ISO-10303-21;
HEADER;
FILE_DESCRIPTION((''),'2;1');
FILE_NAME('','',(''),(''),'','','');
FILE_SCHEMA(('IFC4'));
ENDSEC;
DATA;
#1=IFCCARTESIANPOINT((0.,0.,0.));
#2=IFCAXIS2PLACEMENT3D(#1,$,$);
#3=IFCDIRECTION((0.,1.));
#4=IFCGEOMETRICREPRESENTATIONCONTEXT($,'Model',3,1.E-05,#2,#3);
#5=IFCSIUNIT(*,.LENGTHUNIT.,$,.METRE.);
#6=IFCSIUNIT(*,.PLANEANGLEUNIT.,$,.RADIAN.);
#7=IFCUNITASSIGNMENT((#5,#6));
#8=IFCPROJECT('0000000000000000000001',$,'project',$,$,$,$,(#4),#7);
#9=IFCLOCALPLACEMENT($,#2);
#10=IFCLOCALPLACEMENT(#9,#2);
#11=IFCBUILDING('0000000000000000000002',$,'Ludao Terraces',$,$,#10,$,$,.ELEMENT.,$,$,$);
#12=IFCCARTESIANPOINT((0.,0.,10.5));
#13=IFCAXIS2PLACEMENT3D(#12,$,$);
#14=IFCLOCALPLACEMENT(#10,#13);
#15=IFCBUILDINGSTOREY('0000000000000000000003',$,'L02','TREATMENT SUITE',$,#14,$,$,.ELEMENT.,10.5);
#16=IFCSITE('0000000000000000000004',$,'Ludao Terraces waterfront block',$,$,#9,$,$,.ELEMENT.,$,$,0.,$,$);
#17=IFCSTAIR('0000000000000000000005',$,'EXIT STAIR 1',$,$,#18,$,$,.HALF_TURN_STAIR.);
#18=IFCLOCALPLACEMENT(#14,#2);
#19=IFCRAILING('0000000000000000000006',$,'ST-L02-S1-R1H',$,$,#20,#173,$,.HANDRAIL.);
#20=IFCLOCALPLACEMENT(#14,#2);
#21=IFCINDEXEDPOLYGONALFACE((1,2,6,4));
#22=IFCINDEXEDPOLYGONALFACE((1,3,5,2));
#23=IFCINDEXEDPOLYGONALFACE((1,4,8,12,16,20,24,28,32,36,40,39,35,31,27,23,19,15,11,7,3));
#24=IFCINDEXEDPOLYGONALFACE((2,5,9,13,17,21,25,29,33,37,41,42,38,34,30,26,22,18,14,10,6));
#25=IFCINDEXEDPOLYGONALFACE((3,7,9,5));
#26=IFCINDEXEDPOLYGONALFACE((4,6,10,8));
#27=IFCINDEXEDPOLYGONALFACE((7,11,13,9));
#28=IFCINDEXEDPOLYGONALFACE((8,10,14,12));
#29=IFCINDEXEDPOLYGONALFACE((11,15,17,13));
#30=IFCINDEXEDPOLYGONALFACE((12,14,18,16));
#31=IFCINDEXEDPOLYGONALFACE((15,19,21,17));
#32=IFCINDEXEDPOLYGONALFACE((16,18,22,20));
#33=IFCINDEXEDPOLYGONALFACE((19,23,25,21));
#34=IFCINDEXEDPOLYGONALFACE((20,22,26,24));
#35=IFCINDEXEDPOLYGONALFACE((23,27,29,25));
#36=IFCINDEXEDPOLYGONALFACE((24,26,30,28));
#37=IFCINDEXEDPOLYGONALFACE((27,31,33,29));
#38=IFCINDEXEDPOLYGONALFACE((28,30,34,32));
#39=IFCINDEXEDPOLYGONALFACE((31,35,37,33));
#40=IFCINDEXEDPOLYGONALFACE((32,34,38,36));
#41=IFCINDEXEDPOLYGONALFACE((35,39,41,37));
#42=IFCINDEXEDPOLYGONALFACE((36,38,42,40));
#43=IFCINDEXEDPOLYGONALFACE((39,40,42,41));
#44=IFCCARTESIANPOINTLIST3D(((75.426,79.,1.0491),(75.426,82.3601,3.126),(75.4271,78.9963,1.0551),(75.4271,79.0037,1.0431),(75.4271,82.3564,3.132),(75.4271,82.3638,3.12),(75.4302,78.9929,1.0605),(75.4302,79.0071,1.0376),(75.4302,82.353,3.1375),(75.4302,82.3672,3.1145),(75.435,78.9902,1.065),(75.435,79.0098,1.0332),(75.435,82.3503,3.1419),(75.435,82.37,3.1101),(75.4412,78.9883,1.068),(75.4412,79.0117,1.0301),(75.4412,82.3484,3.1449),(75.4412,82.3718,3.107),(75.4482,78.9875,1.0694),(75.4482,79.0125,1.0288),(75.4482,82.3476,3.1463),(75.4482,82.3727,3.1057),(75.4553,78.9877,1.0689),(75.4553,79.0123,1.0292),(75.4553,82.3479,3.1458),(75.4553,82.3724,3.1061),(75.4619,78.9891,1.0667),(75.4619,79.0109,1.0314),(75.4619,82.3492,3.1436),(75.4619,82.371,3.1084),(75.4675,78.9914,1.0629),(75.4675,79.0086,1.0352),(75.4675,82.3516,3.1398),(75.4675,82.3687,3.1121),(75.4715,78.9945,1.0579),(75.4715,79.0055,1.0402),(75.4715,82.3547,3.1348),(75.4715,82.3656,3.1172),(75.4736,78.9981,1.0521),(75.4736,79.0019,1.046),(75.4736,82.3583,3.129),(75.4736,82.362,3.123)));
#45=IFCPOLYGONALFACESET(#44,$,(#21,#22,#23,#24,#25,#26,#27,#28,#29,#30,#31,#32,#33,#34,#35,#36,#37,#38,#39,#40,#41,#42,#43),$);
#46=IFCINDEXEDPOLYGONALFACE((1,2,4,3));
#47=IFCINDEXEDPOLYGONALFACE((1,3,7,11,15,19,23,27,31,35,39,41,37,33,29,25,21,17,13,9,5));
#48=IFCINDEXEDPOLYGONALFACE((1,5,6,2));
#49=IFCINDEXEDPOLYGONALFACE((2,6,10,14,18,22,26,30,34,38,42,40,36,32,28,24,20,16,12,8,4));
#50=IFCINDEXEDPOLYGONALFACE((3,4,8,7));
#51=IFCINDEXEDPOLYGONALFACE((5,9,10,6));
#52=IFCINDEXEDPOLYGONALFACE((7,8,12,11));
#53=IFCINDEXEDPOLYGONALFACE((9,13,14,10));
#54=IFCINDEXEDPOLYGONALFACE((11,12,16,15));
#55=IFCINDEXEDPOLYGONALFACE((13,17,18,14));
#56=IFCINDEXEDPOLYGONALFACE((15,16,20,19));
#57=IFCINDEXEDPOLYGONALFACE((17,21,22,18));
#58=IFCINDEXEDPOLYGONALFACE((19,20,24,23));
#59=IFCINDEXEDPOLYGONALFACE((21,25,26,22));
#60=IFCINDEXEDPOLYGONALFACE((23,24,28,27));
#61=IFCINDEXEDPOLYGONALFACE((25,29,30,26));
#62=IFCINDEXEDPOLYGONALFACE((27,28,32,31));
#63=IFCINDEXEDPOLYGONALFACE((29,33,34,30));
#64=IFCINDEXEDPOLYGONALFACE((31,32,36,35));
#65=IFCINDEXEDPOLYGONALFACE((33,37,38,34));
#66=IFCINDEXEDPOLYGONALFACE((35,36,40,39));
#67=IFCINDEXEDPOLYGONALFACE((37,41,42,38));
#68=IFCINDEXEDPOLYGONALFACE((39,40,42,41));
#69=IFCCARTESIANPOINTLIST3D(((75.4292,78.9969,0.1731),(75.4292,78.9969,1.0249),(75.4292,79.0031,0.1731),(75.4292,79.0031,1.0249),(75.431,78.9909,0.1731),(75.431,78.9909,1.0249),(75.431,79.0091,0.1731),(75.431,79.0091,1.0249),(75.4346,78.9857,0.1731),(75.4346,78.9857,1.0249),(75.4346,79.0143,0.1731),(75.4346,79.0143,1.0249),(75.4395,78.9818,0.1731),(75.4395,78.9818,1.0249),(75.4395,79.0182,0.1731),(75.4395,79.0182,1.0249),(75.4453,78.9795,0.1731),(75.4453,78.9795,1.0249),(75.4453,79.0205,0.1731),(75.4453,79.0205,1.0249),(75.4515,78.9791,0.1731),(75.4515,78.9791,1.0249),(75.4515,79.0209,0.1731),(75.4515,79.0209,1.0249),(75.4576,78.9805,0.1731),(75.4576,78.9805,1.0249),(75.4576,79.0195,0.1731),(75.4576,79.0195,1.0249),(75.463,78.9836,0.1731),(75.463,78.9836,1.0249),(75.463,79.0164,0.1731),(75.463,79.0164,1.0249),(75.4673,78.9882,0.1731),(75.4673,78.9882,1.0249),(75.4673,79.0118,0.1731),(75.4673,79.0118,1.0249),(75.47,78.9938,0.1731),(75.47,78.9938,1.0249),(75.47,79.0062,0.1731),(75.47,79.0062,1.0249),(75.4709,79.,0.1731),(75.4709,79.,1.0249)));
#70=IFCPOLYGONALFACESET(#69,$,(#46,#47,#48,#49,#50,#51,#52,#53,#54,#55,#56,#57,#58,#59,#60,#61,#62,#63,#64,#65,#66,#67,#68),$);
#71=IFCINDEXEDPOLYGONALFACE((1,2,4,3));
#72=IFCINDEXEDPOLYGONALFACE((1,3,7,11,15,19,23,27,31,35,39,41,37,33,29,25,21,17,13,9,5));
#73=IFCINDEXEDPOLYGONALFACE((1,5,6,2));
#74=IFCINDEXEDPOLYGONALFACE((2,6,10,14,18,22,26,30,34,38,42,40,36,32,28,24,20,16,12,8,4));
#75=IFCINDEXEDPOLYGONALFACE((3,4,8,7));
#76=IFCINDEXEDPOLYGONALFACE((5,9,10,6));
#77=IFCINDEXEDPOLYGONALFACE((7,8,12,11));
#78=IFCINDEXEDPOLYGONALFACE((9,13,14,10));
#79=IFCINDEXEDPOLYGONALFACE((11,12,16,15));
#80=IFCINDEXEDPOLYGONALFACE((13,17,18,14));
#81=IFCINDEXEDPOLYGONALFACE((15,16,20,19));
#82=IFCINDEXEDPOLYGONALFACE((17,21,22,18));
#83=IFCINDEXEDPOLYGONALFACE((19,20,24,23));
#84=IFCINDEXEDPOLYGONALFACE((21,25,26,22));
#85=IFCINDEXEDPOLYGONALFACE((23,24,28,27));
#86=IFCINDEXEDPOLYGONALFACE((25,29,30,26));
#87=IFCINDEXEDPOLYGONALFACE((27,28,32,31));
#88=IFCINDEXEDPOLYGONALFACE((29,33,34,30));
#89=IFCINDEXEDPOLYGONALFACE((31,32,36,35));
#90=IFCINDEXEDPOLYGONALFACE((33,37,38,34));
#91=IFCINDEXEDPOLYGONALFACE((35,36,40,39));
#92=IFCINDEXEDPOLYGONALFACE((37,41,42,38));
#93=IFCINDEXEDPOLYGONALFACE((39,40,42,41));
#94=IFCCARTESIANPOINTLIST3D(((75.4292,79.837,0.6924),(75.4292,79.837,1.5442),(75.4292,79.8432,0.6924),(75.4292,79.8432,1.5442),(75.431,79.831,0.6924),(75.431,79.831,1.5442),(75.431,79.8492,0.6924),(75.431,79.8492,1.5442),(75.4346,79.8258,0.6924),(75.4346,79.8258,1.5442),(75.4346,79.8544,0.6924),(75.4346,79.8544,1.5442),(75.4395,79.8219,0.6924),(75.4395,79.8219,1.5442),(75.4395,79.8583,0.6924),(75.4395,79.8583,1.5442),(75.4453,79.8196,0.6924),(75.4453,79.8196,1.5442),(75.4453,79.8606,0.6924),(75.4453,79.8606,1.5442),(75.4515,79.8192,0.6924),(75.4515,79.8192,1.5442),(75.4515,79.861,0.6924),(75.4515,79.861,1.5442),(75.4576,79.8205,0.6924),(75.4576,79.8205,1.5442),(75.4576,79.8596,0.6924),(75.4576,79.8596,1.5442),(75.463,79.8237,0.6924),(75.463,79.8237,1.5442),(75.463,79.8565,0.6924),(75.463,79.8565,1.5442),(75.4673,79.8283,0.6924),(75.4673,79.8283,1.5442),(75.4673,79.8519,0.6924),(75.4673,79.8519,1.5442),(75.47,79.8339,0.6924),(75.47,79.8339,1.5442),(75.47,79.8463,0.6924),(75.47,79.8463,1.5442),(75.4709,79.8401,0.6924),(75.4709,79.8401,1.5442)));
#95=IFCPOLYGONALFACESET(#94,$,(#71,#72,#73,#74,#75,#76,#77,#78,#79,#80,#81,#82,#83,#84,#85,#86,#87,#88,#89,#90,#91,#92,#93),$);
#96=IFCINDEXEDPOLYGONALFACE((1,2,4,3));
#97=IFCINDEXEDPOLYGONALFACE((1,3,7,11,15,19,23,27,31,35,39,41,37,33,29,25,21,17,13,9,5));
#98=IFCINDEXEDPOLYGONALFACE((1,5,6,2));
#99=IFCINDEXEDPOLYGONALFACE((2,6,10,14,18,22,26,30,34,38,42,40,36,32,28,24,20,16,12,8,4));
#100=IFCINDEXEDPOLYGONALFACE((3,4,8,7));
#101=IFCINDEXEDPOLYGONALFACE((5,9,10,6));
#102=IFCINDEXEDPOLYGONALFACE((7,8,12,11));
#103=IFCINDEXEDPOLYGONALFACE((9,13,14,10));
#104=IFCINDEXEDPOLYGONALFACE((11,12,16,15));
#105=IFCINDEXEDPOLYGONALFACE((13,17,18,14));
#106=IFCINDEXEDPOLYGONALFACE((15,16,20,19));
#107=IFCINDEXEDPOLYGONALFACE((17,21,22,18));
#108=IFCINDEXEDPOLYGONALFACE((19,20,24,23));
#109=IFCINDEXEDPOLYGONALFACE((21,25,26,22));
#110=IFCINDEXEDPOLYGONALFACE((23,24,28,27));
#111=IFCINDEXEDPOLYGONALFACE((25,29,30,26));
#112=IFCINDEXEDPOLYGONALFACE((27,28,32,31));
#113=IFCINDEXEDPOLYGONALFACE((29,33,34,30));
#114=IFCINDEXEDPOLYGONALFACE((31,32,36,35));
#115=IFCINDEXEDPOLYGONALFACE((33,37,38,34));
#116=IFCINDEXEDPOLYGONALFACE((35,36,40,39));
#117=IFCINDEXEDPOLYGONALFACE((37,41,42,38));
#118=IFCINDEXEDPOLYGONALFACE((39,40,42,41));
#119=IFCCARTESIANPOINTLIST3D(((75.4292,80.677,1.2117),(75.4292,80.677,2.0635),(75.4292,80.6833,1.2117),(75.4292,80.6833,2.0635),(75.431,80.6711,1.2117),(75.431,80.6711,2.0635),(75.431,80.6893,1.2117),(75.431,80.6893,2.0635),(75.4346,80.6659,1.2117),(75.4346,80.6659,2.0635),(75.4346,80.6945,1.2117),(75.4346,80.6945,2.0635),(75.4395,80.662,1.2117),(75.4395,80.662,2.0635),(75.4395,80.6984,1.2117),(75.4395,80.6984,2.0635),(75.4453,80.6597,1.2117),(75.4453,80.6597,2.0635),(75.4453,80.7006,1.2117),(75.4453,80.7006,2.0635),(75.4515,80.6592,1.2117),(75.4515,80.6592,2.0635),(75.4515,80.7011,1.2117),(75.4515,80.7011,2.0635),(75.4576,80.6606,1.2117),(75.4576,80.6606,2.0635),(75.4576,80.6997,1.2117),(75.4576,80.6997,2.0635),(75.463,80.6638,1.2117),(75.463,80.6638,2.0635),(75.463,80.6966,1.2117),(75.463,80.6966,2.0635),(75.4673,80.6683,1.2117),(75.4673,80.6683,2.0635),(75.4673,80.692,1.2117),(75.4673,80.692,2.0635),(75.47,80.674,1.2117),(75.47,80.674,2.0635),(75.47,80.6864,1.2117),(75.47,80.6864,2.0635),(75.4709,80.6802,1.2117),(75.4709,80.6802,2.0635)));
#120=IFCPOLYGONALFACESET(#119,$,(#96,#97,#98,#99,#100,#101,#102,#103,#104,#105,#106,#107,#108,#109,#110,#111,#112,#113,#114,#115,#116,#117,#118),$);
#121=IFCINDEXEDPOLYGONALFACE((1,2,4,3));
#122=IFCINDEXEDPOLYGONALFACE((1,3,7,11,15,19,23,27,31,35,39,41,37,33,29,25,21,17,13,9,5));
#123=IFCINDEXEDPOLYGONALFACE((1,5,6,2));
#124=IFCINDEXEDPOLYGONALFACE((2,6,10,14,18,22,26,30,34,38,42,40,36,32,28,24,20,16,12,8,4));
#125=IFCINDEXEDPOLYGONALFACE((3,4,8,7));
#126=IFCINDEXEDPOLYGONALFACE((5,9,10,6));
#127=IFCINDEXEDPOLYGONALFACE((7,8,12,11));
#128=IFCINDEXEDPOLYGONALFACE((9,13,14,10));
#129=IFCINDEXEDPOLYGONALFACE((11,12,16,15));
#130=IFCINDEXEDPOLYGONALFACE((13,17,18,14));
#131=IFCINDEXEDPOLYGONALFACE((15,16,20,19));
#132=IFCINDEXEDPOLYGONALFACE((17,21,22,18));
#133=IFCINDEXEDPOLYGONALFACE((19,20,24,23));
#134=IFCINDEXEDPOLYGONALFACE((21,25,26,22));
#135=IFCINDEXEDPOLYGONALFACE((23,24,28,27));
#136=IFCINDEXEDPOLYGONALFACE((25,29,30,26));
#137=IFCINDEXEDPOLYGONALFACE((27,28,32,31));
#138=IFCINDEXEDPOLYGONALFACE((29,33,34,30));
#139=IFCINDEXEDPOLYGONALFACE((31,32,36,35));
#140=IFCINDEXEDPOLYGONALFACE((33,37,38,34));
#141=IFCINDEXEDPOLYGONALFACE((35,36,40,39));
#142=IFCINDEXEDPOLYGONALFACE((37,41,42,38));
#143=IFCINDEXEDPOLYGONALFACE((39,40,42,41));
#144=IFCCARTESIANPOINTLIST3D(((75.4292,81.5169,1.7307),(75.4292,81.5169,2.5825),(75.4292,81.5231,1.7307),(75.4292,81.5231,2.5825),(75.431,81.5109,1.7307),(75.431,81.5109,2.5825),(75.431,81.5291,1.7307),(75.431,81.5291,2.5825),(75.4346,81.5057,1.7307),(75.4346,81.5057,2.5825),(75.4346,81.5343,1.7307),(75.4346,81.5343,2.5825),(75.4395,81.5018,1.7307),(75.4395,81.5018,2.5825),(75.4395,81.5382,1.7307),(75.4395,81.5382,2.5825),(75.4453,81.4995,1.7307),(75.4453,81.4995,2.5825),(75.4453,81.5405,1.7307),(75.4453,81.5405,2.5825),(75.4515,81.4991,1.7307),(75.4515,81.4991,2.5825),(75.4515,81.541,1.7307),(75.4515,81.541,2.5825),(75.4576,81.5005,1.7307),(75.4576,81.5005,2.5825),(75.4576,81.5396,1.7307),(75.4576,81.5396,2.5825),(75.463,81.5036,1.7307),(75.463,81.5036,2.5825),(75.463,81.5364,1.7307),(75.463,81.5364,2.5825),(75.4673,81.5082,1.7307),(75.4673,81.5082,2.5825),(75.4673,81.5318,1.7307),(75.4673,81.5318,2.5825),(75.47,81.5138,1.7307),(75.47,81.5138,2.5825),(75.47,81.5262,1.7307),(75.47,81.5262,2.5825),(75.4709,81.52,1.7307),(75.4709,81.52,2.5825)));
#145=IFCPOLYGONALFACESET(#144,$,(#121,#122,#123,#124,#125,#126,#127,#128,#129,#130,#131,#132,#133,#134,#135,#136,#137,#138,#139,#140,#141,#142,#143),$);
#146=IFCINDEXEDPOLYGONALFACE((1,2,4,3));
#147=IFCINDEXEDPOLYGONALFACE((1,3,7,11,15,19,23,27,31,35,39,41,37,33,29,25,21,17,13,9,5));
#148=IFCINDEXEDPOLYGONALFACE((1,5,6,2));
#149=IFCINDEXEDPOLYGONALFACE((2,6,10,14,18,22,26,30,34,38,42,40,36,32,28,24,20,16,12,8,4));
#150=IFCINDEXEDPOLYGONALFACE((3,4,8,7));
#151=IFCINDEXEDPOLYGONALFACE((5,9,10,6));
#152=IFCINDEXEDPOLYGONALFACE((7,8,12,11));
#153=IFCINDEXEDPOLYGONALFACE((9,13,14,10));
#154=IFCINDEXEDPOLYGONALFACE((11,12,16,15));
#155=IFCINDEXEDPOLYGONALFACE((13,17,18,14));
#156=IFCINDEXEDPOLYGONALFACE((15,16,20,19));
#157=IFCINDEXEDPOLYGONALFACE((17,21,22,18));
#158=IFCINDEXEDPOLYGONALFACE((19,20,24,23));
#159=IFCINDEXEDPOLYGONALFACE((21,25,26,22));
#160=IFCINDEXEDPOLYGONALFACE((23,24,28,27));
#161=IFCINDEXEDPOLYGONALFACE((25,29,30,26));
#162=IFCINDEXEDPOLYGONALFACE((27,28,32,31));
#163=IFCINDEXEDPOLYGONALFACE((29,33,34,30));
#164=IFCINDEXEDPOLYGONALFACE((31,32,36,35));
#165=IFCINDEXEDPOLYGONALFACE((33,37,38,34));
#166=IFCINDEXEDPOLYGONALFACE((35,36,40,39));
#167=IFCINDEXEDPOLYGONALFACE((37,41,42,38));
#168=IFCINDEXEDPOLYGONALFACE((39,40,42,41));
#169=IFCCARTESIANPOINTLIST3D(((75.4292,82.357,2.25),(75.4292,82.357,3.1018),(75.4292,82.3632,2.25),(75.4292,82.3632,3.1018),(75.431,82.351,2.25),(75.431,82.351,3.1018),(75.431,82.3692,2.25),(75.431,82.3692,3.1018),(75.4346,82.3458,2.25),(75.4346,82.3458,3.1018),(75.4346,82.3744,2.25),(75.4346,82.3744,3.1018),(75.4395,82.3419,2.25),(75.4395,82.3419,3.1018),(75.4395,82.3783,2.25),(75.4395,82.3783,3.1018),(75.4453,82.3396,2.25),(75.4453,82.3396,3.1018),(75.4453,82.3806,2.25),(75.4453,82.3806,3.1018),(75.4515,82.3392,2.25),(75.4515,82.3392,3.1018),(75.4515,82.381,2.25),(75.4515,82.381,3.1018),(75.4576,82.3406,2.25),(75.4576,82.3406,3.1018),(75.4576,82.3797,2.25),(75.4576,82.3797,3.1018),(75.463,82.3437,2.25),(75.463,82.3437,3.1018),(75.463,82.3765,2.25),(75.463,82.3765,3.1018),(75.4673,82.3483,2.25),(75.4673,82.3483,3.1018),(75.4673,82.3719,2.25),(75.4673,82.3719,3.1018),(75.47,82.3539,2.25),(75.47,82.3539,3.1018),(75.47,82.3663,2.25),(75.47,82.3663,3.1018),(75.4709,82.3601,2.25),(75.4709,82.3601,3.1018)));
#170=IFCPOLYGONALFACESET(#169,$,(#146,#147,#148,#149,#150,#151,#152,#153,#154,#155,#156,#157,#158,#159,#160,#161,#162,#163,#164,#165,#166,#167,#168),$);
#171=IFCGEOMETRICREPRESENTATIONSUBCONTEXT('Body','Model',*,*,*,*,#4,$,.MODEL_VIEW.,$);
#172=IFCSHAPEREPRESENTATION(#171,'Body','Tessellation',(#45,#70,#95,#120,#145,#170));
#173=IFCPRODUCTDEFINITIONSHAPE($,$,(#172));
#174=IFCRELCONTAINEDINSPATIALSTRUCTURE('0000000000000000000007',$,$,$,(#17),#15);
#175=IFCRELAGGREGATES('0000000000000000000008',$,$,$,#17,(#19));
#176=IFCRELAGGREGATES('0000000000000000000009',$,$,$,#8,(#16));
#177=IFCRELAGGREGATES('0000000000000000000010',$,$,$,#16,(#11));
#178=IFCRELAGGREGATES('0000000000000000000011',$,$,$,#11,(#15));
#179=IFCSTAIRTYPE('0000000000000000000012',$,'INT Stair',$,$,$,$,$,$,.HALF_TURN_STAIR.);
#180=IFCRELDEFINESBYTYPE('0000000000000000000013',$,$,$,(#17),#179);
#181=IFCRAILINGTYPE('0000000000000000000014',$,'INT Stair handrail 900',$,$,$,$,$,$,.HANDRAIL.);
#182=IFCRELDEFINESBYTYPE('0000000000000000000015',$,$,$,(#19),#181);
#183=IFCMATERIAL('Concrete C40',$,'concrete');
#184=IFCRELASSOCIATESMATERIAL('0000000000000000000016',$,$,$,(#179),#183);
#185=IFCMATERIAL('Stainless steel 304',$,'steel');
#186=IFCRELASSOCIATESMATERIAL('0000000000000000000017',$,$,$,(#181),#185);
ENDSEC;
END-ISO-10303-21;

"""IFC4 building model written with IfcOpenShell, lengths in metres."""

from ifc_helpers import new_model, si_unit, direction, frame, origin, origin_2d, place, context, subcontext, project, spatial, circle, extrude, material, type_object, element, aggregate, save


model = new_model("IFC4")

# Units and contexts
model_context = context("Model", 3, precision=1e-05, world=origin(), true_north=direction((0.0, 1.0)))
body_context = subcontext(model_context, "Body", "Model", "MODEL_VIEW")
ifc_project = project(units=[si_unit("LENGTHUNIT", "METRE"), si_unit("PLANEANGLEUNIT", "RADIAN")], contexts=[model_context])

# Site, building, storey
site_placement = place(None, origin())
site = spatial("IfcSite", under=ifc_project, at=site_placement, Name="Ludao Terraces waterfront block", CompositionType="ELEMENT", RefElevation=0.0)
building_placement = place(site_placement, origin())
building = spatial("IfcBuilding", under=site, at=building_placement, Name="Ludao Terraces", CompositionType="ELEMENT")
storey_placement = place(building_placement, frame((0.0, 0.0, 10.5)))
storey = spatial("IfcBuildingStorey", under=building, at=storey_placement, Name="L02", Description="TREATMENT SUITE", CompositionType="ELEMENT", Elevation=10.5)

# Shared definitions
ifc_material_1 = material(Name="Concrete C40", Category="concrete")

# Shared definitions
ifc_material_2 = material(Name="Stainless steel 304", Category="steel")

# Stair, railing
stair_type = type_object("IfcStairType", Name="INT Stair", PredefinedType="HALF_TURN_STAIR", material=ifc_material_1)
stair_placement = place(storey_placement, origin())
stair = element("IfcStair", 1, at=stair_placement, inside=storey, type_object=stair_type, Name="EXIT STAIR 1", PredefinedType="HALF_TURN_STAIR")
railing_type_1 = type_object("IfcRailingType", Name="INT Stair handrail 900", PredefinedType="HANDRAIL", material=ifc_material_2)
railing_1_placement = place(storey_placement, frame((75.45, 79.0, 0.1731)))
railing_1 = element("IfcRailing", 2, at=railing_1_placement, type_object=railing_type_1, Name="ST-L02-S1-R1H", PredefinedType="HANDRAIL", context=body_context, shape_type="SweptSolid", body=[
    extrude(circle(Radius=0.0239, at=origin_2d()), frame((0.0, 0.0, 0.876), z_axis=(0.0, 0.850623, 0.525776), x_axis=(-1.0, 0.0, 0.0)), (0.0, 0.0, 1.0), 3.9502),
    extrude(circle(Radius=0.021, at=origin_2d()), origin(), (0.0, 0.0, 1.0), 0.8518),
    extrude(circle(Radius=0.021, at=origin_2d()), frame((0.0, 0.8401, 0.5193)), (0.0, 0.0, 1.0), 0.8518),
    extrude(circle(Radius=0.021, at=origin_2d()), frame((0.0, 1.6802, 1.0386)), (0.0, 0.0, 1.0), 0.8518),
    extrude(circle(Radius=0.021, at=origin_2d()), frame((0.0, 2.52, 1.5576)), (0.0, 0.0, 1.0), 0.8518),
    extrude(circle(Radius=0.021, at=origin_2d()), frame((0.0, 3.3601, 2.0769)), (0.0, 0.0, 1.0), 0.8518),
])
aggregate(stair, [railing_1])

save(model, "model.ifc")
